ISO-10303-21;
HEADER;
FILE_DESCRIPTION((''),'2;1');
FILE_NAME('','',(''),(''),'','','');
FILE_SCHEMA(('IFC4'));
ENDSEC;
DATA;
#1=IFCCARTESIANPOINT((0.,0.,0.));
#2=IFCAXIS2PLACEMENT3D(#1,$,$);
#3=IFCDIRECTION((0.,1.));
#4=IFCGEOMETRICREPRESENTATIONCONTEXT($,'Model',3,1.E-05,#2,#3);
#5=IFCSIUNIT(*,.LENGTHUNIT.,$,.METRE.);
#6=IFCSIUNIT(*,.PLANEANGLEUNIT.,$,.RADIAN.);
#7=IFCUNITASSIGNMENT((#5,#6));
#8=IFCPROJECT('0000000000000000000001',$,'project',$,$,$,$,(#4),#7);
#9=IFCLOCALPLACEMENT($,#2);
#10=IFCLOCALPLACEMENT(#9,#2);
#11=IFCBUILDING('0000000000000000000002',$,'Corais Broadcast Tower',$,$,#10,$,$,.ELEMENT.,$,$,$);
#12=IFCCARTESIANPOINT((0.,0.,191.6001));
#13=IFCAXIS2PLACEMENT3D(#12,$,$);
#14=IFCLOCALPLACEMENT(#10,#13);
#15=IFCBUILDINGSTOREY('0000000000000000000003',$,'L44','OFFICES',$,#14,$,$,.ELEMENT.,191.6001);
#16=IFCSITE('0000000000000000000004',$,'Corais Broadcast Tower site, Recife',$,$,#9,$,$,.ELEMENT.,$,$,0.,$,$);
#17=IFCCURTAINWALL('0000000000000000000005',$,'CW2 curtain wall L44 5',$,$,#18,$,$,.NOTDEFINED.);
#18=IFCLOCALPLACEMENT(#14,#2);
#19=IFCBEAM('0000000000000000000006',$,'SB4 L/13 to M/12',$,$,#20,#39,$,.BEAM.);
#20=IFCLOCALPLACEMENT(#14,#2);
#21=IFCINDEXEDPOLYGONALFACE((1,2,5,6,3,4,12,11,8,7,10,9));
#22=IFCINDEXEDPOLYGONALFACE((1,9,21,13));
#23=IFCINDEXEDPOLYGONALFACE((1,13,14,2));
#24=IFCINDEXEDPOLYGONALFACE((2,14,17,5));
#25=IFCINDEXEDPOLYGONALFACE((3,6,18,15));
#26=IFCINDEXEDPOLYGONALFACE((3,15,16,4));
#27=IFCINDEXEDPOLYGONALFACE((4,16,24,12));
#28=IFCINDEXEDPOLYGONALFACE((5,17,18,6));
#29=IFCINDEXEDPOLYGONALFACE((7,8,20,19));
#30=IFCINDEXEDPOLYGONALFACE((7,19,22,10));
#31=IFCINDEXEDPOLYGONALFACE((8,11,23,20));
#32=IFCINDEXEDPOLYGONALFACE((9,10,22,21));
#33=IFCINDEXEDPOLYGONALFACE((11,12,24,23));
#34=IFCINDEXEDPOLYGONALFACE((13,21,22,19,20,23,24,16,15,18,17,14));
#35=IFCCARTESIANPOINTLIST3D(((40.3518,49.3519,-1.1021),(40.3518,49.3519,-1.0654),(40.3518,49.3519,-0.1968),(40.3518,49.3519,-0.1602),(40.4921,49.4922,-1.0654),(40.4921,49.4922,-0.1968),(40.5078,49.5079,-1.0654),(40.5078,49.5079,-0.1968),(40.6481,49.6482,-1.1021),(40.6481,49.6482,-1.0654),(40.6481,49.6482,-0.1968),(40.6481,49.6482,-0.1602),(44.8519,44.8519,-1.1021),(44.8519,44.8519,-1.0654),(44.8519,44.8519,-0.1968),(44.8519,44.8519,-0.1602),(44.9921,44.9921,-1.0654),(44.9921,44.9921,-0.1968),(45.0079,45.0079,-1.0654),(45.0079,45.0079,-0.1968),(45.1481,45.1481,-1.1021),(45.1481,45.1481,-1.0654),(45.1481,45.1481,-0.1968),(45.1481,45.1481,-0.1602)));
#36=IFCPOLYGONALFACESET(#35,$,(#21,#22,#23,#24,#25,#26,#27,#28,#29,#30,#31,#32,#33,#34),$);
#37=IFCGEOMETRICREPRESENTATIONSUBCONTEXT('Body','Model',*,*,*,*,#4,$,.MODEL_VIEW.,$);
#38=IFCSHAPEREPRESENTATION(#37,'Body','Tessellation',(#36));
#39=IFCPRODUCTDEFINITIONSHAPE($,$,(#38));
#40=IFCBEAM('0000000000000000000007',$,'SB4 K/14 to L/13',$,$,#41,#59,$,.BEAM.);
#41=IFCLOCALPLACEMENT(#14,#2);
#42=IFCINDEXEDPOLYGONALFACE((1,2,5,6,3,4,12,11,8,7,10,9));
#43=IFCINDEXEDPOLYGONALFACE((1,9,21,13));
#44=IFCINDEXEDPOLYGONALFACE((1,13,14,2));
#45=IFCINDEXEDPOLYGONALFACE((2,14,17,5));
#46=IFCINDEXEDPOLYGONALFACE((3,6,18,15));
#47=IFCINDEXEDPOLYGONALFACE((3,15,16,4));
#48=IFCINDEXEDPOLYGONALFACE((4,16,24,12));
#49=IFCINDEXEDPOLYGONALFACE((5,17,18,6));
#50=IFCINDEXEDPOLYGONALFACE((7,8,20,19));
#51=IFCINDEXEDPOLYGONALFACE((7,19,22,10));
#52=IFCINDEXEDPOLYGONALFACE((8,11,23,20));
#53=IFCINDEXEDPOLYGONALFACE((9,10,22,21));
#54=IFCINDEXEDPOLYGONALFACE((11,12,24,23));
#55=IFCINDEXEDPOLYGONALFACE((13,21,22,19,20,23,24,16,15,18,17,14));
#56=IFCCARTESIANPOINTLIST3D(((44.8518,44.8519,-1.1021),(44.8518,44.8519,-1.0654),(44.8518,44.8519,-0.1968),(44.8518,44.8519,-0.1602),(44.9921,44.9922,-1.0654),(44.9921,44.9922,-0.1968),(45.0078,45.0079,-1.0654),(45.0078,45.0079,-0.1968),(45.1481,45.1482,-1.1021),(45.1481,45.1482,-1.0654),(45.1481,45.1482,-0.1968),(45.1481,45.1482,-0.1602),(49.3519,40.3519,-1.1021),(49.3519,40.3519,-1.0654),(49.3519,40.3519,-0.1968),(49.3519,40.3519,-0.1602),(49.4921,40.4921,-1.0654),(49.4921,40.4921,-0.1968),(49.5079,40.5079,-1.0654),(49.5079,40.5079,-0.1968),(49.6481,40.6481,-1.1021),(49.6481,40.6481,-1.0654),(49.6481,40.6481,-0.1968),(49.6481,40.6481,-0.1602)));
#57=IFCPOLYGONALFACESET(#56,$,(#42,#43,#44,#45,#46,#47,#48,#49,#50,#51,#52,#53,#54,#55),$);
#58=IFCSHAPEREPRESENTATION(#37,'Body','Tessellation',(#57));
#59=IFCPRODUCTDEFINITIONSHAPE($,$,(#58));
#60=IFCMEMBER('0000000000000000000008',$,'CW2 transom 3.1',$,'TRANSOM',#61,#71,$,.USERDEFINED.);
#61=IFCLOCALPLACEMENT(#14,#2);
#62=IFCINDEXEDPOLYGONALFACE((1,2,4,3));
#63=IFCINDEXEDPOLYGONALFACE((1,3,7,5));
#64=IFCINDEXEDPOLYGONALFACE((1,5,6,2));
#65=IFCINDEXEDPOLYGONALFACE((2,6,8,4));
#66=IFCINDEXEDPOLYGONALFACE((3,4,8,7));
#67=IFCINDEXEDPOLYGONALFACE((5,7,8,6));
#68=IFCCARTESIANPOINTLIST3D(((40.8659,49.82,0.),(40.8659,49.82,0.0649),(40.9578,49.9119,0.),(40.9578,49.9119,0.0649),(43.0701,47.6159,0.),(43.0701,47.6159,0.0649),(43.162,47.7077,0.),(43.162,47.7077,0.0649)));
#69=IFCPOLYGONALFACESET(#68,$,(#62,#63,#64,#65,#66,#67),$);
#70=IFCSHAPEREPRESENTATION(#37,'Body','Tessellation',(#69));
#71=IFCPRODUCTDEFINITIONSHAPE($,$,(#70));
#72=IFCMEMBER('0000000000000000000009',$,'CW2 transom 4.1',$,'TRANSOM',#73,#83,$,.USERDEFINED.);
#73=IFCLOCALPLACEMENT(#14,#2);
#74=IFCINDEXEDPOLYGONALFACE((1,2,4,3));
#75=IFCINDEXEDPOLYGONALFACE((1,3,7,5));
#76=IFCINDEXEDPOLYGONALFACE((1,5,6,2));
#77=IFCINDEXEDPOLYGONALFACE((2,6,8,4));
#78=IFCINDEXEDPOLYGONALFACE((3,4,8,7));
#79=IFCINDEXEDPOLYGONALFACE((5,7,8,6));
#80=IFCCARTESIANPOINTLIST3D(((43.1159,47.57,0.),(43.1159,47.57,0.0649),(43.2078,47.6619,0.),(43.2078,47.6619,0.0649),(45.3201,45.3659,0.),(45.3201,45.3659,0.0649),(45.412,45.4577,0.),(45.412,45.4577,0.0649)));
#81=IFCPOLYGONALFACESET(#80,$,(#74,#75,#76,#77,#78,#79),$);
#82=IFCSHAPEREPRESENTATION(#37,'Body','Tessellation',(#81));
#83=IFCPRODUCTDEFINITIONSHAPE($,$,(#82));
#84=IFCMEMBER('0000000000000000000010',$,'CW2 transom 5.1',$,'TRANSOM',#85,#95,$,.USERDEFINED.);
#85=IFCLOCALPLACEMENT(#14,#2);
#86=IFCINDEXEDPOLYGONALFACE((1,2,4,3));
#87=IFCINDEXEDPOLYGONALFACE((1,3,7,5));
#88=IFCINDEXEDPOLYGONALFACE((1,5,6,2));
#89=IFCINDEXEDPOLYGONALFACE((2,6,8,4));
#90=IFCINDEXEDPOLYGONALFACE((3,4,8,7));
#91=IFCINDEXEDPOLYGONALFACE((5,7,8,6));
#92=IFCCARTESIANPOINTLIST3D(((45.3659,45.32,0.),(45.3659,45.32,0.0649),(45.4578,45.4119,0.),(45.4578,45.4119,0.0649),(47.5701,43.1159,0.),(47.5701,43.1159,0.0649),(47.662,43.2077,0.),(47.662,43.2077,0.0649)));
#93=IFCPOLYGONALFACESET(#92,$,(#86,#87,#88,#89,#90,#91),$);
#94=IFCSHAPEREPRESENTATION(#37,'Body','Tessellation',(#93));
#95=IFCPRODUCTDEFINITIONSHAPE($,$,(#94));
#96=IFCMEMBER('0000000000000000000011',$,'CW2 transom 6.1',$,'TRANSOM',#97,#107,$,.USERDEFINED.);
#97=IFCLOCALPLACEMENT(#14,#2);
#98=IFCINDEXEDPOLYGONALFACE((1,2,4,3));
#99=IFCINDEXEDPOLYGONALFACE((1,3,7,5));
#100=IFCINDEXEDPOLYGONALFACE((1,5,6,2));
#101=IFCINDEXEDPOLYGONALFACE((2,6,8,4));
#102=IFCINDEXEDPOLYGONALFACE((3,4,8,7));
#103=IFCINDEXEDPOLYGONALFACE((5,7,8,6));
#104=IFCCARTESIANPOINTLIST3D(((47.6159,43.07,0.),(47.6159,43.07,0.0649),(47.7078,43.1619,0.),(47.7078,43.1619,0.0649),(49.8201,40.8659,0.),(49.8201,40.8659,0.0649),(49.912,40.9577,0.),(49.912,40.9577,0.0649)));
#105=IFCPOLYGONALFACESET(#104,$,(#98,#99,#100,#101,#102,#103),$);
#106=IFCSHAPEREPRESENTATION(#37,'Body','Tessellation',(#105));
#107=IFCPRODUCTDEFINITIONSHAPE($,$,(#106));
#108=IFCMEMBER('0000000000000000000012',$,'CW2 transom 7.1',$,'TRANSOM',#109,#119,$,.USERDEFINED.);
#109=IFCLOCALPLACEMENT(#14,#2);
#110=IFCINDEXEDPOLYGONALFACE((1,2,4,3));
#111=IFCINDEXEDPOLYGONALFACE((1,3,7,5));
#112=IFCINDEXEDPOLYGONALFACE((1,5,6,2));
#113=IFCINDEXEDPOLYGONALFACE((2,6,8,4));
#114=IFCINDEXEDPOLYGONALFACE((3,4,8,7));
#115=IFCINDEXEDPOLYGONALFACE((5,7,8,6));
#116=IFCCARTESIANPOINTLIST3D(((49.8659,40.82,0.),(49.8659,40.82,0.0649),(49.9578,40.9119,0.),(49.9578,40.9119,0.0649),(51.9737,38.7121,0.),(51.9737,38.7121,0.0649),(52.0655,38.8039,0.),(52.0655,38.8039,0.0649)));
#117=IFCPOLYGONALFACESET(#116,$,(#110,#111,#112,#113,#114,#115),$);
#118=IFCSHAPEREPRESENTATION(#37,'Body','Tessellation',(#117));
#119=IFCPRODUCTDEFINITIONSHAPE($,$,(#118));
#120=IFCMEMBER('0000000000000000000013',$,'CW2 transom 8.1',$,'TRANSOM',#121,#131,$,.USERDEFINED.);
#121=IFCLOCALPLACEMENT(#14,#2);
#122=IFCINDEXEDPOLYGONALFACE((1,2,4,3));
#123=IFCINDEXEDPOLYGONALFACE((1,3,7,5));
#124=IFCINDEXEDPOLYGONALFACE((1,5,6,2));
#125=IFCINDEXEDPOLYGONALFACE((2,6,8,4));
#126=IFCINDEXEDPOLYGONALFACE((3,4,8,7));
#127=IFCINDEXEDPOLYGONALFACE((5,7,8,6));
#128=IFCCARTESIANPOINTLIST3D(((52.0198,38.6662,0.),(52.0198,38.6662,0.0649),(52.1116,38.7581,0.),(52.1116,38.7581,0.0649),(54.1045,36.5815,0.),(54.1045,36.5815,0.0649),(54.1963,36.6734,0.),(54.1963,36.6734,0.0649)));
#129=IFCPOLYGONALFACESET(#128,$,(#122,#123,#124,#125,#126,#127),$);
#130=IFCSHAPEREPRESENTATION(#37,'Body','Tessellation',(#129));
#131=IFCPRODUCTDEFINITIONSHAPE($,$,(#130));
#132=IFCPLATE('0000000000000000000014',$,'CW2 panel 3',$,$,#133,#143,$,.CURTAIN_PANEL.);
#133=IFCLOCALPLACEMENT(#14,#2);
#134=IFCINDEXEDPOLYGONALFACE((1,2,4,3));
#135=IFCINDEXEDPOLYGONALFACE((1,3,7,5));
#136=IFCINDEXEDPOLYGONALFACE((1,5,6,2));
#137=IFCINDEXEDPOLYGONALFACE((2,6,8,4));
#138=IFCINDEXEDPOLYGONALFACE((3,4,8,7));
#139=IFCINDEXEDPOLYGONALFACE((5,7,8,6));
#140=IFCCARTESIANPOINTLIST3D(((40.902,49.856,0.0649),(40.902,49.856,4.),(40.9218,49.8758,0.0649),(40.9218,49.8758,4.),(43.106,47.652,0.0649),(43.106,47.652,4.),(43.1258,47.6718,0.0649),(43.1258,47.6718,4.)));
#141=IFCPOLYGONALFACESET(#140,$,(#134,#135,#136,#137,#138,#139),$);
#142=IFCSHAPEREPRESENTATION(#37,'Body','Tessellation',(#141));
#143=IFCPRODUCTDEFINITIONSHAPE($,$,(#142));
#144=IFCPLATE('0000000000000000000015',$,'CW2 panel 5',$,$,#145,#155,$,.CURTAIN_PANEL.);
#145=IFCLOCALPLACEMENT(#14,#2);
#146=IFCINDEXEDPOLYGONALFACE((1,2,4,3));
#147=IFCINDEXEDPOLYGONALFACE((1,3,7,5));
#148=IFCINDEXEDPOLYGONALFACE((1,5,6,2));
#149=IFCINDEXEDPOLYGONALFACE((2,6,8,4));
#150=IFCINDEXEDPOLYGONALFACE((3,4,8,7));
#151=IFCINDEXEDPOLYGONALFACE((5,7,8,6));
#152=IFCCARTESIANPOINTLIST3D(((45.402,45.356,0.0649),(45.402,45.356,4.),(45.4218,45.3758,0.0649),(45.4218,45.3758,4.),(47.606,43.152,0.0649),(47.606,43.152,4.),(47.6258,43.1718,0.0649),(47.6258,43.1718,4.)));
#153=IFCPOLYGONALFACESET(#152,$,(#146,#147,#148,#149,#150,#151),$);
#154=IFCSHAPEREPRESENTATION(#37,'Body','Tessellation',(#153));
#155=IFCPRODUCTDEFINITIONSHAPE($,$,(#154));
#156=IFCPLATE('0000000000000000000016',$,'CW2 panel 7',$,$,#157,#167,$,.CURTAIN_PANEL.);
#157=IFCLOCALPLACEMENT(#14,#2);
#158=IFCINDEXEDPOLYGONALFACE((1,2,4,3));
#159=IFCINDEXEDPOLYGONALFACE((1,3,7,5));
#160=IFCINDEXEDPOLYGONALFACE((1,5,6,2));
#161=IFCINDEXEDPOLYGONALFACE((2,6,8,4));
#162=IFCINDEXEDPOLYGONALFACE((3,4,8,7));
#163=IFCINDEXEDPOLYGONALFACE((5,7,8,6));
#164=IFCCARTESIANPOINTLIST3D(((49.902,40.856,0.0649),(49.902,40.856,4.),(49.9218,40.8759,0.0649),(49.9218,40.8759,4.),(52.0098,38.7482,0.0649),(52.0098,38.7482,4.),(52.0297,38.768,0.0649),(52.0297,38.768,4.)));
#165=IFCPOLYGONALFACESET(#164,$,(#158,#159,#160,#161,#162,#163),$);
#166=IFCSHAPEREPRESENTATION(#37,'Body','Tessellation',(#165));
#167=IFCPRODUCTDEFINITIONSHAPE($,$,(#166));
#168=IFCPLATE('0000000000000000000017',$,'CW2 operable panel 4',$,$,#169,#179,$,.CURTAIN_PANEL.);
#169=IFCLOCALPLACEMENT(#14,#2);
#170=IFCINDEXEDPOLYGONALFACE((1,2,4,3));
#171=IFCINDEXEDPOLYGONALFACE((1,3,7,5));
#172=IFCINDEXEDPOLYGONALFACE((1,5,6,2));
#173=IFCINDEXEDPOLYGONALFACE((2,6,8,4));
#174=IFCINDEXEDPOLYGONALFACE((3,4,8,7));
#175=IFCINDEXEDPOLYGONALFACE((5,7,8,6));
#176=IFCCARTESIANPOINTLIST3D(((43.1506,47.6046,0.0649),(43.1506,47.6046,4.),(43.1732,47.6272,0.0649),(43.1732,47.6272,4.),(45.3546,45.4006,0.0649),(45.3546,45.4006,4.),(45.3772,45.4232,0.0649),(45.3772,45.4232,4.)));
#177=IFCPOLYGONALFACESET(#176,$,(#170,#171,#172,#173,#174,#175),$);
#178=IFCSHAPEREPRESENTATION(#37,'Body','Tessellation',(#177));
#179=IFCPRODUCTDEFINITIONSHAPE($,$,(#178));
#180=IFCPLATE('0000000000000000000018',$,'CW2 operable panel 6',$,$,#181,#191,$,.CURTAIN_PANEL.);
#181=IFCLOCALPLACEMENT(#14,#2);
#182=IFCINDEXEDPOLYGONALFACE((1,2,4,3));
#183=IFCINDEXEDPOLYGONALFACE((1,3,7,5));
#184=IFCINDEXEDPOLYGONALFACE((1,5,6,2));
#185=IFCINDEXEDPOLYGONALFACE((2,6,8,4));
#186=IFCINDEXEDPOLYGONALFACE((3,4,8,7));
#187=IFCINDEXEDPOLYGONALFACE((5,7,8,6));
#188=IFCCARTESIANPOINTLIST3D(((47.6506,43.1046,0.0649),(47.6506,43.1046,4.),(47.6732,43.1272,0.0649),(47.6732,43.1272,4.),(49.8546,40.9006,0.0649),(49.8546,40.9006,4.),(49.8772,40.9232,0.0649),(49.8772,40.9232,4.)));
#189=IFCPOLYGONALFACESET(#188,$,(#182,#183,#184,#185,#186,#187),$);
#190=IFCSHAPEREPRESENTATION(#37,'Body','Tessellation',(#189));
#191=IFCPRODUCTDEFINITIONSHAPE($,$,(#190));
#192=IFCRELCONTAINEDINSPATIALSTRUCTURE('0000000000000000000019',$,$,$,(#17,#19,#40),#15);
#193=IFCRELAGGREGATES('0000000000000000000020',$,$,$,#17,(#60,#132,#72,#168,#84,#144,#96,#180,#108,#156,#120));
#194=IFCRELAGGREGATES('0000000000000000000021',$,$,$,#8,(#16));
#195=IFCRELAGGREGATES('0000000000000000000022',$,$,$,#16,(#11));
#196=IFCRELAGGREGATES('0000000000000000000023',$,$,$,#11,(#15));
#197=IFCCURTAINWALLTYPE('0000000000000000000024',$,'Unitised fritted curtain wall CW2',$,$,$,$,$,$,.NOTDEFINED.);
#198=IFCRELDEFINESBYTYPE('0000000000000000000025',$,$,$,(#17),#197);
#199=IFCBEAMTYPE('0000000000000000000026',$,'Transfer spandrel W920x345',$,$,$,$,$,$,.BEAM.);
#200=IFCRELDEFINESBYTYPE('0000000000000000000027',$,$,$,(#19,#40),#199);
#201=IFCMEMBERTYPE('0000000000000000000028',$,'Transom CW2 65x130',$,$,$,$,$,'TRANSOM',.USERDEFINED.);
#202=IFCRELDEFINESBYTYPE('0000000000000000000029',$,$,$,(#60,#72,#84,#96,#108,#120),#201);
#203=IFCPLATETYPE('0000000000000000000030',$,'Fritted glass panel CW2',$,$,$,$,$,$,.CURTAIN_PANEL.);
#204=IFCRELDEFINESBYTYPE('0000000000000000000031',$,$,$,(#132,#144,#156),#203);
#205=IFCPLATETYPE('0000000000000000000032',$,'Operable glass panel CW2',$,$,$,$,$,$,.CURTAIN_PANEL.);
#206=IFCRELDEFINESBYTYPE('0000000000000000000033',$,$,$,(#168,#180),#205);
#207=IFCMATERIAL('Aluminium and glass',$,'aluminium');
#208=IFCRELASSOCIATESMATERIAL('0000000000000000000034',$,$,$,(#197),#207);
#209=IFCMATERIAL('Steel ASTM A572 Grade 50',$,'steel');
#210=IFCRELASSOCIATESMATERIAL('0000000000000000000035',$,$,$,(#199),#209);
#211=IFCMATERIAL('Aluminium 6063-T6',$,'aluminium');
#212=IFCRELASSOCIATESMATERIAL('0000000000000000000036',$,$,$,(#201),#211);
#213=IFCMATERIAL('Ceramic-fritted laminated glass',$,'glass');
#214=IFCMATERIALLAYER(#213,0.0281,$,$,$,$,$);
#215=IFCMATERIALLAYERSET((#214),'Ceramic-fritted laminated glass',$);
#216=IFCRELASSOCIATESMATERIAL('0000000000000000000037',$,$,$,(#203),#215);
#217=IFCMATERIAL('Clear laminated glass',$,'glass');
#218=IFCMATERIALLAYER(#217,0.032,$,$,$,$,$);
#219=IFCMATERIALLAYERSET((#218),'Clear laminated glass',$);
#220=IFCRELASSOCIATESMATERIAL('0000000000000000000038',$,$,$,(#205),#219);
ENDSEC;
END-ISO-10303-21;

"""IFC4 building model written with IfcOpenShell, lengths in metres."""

from ifc_helpers import new_model, si_unit, direction, frame, origin, origin_2d, place, context, subcontext, project, spatial, rectangle, i_section, extrude, material, layer, layer_set, material_profile, profile_set, type_object, element, aggregate, save


model = new_model("IFC4")

# Units and contexts
model_context = context("Model", 3, precision=1e-05, world=origin(), true_north=direction((0.0, 1.0)))
body_context = subcontext(model_context, "Body", "Model", "MODEL_VIEW")
ifc_project = project(units=[si_unit("LENGTHUNIT", "METRE"), si_unit("PLANEANGLEUNIT", "RADIAN")], contexts=[model_context])

# Site, building, storey
site_placement = place(None, origin())
site = spatial("IfcSite", under=ifc_project, at=site_placement, Name="Corais Broadcast Tower site, Recife", CompositionType="ELEMENT", RefElevation=0.0)
building_placement = place(site_placement, origin())
building = spatial("IfcBuilding", under=site, at=building_placement, Name="Corais Broadcast Tower", CompositionType="ELEMENT")
storey_placement = place(building_placement, frame((0.0, 0.0, 191.6001)))
storey = spatial("IfcBuildingStorey", under=building, at=storey_placement, Name="L44", Description="OFFICES", CompositionType="ELEMENT", Elevation=191.6001)

# Curtain wall
ifc_material_1 = material(Name="Aluminium and glass", Category="aluminium")
curtain_wall_type = type_object("IfcCurtainWallType", Name="Unitised fritted curtain wall CW2", PredefinedType="NOTDEFINED", material=ifc_material_1)
curtain_wall_placement = place(storey_placement, origin())
curtain_wall = element("IfcCurtainWall", 1, at=curtain_wall_placement, inside=storey, type_object=curtain_wall_type, Name="CW2 curtain wall L44 5", PredefinedType="NOTDEFINED")

# Beams
ifc_material_2 = material(Name="Steel ASTM A572 Grade 50", Category="steel")
ifc_material_profile_1 = material_profile(ifc_material_2, i_section(OverallWidth=0.4189, OverallDepth=0.9419, WebThickness=0.0222, FlangeThickness=0.0366, at=origin_2d()), Name="W920x345")
ifc_profile_set_1 = profile_set([ifc_material_profile_1], Name="Steel ASTM A572 Grade 50")
beam_type_1 = type_object("IfcBeamType", Name="Transfer spandrel W920x345", PredefinedType="BEAM", material=ifc_profile_set_1)
for number, where, z_axis, x_axis, name in (
    (2, (45.0, 45.0, -0.6311), (-0.707107, 0.707107, 0.0), (-0.707107, -0.707107, 0.0), "SB4 L/13 to M/12"),
    (3, (49.5, 40.5, -0.6311), (-0.707107, 0.707107, 0.0), (-0.707107, -0.707107, 0.0), "SB4 K/14 to L/13"),
):
    element("IfcBeam", number, at=place(storey_placement, frame(where, z_axis=z_axis, x_axis=x_axis)), inside=storey, type_object=beam_type_1, Name=name, PredefinedType="BEAM", context=body_context, shape_type="SweptSolid", body=[
        extrude(i_section(OverallWidth=0.4189, OverallDepth=0.9419, WebThickness=0.0222, FlangeThickness=0.0366, at=origin_2d()), origin(), (0.0, 0.0, 1.0), 6.364),
    ])

# Members
ifc_material_3 = material(Name="Aluminium 6063-T6", Category="aluminium")
ifc_material_profile_2 = material_profile(ifc_material_3, rectangle(XDim=0.1299, YDim=0.0649, at=origin_2d()), Name="Transom CW2 65x130")
ifc_profile_set_2 = profile_set([ifc_material_profile_2], Name="Aluminium 6063-T6")
member_type_1 = type_object("IfcMemberType", Name="Transom CW2 65x130", ElementType="TRANSOM", PredefinedType="USERDEFINED", material=ifc_profile_set_2)
member_1_placement = place(storey_placement, frame((40.9119, 49.866, 0.0325), z_axis=(0.707107, -0.707107, 0.0), x_axis=(0.707107, 0.707107, 0.0)))
member_1 = element("IfcMember", 4, at=member_1_placement, type_object=member_type_1, Name="CW2 transom 3.1", ObjectType="TRANSOM", PredefinedType="USERDEFINED", context=body_context, shape_type="SweptSolid", body=[
    extrude(rectangle(XDim=0.1299, YDim=0.0649, at=origin_2d()), origin(), (0.0, 0.0, 1.0), 3.1172),
])
member_2_placement = place(storey_placement, frame((43.1619, 47.616, 0.0325), z_axis=(0.707107, -0.707107, 0.0), x_axis=(0.707107, 0.707107, 0.0)))
member_2 = element("IfcMember", 5, at=member_2_placement, type_object=member_type_1, Name="CW2 transom 4.1", ObjectType="TRANSOM", PredefinedType="USERDEFINED", context=body_context, shape_type="SweptSolid", body=[
    extrude(rectangle(XDim=0.1299, YDim=0.0649, at=origin_2d()), origin(), (0.0, 0.0, 1.0), 3.1172),
])
member_3_placement = place(storey_placement, frame((45.4119, 45.366, 0.0325), z_axis=(0.707107, -0.707107, 0.0), x_axis=(0.707107, 0.707107, 0.0)))
member_3 = element("IfcMember", 6, at=member_3_placement, type_object=member_type_1, Name="CW2 transom 5.1", ObjectType="TRANSOM", PredefinedType="USERDEFINED", context=body_context, shape_type="SweptSolid", body=[
    extrude(rectangle(XDim=0.1299, YDim=0.0649, at=origin_2d()), origin(), (0.0, 0.0, 1.0), 3.1172),
])
member_4_placement = place(storey_placement, frame((47.6619, 43.116, 0.0325), z_axis=(0.707107, -0.707107, 0.0), x_axis=(0.707107, 0.707107, 0.0)))
member_4 = element("IfcMember", 7, at=member_4_placement, type_object=member_type_1, Name="CW2 transom 6.1", ObjectType="TRANSOM", PredefinedType="USERDEFINED", context=body_context, shape_type="SweptSolid", body=[
    extrude(rectangle(XDim=0.1299, YDim=0.0649, at=origin_2d()), origin(), (0.0, 0.0, 1.0), 3.1172),
])
member_5_placement = place(storey_placement, frame((49.9119, 40.866, 0.0325), z_axis=(0.707066, -0.707148, 0.0), x_axis=(0.707148, 0.707066, 0.0)))
member_5 = element("IfcMember", 8, at=member_5_placement, type_object=member_type_1, Name="CW2 transom 7.1", ObjectType="TRANSOM", PredefinedType="USERDEFINED", context=body_context, shape_type="SweptSolid", body=[
    extrude(rectangle(XDim=0.1299, YDim=0.0649, at=origin_2d()), origin(), (0.0, 0.0, 1.0), 2.981),
])
member_6_placement = place(storey_placement, frame((52.0657, 38.7122, 0.0325), z_axis=(0.707107, -0.707107, 0.0), x_axis=(0.707107, 0.707107, 0.0)))
member_6 = element("IfcMember", 9, at=member_6_placement, type_object=member_type_1, Name="CW2 transom 8.1", ObjectType="TRANSOM", PredefinedType="USERDEFINED", context=body_context, shape_type="SweptSolid", body=[
    extrude(rectangle(XDim=0.1299, YDim=0.0649, at=origin_2d()), origin(), (0.0, 0.0, 1.0), 2.9482),
])

# Plates
ifc_material_4 = material(Name="Ceramic-fritted laminated glass", Category="glass")
ifc_layer_1 = layer(ifc_material_4, 0.0281)
ifc_layer_set_1 = layer_set([ifc_layer_1], Name="Ceramic-fritted laminated glass")
plate_type_1 = type_object("IfcPlateType", Name="Fritted glass panel CW2", PredefinedType="CURTAIN_PANEL", material=ifc_layer_set_1)
plate_1_placement = place(storey_placement, frame((42.0139, 48.7639, 0.0649), z_axis=(0.0, 0.0, 1.0), x_axis=(0.707107, -0.707107, 0.0)))
plate_1 = element("IfcPlate", 10, at=plate_1_placement, type_object=plate_type_1, Name="CW2 panel 3", PredefinedType="CURTAIN_PANEL", context=body_context, shape_type="SweptSolid", body=[
    extrude(rectangle(XDim=3.1169, YDim=0.0281, at=origin_2d()), origin(), (0.0, 0.0, 1.0), 3.9351),
])
plate_2_placement = place(storey_placement, frame((46.5139, 44.2639, 0.0649), z_axis=(0.0, 0.0, 1.0), x_axis=(0.707107, -0.707107, 0.0)))
plate_2 = element("IfcPlate", 11, at=plate_2_placement, type_object=plate_type_1, Name="CW2 panel 5", PredefinedType="CURTAIN_PANEL", context=body_context, shape_type="SweptSolid", body=[
    extrude(rectangle(XDim=3.1169, YDim=0.0281, at=origin_2d()), origin(), (0.0, 0.0, 1.0), 3.9351),
])
plate_3_placement = place(storey_placement, frame((50.9658, 39.812, 0.0649), z_axis=(0.0, 0.0, 1.0), x_axis=(0.707107, -0.707107, 0.0)))
plate_3 = element("IfcPlate", 12, at=plate_3_placement, type_object=plate_type_1, Name="CW2 panel 7", PredefinedType="CURTAIN_PANEL", context=body_context, shape_type="SweptSolid", body=[
    extrude(rectangle(XDim=2.981, YDim=0.0281, at=origin_2d()), origin(), (0.0, 0.0, 1.0), 3.9351),
])
ifc_material_5 = material(Name="Clear laminated glass", Category="glass")
ifc_layer_2 = layer(ifc_material_5, 0.032)
ifc_layer_set_2 = layer_set([ifc_layer_2], Name="Clear laminated glass")
plate_type_2 = type_object("IfcPlateType", Name="Operable glass panel CW2", PredefinedType="CURTAIN_PANEL", material=ifc_layer_set_2)
plate_4_placement = place(storey_placement, frame((44.2639, 46.5139, 0.0649), z_axis=(0.0, 0.0, 1.0), x_axis=(0.707107, -0.707107, 0.0)))
plate_4 = element("IfcPlate", 13, at=plate_4_placement, type_object=plate_type_2, Name="CW2 operable panel 4", PredefinedType="CURTAIN_PANEL", context=body_context, shape_type="SweptSolid", body=[
    extrude(rectangle(XDim=3.1169, YDim=0.032, at=origin_2d()), origin(), (0.0, 0.0, 1.0), 3.9351),
])
plate_5_placement = place(storey_placement, frame((48.7639, 42.0139, 0.0649), z_axis=(0.0, 0.0, 1.0), x_axis=(0.707107, -0.707107, 0.0)))
plate_5 = element("IfcPlate", 14, at=plate_5_placement, type_object=plate_type_2, Name="CW2 operable panel 6", PredefinedType="CURTAIN_PANEL", context=body_context, shape_type="SweptSolid", body=[
    extrude(rectangle(XDim=3.1169, YDim=0.032, at=origin_2d()), origin(), (0.0, 0.0, 1.0), 3.9351),
])
aggregate(curtain_wall, [member_1, plate_1, member_2, plate_4, member_3, plate_2, member_4, plate_5, member_5, plate_3, member_6])

save(model, "model.ifc")
